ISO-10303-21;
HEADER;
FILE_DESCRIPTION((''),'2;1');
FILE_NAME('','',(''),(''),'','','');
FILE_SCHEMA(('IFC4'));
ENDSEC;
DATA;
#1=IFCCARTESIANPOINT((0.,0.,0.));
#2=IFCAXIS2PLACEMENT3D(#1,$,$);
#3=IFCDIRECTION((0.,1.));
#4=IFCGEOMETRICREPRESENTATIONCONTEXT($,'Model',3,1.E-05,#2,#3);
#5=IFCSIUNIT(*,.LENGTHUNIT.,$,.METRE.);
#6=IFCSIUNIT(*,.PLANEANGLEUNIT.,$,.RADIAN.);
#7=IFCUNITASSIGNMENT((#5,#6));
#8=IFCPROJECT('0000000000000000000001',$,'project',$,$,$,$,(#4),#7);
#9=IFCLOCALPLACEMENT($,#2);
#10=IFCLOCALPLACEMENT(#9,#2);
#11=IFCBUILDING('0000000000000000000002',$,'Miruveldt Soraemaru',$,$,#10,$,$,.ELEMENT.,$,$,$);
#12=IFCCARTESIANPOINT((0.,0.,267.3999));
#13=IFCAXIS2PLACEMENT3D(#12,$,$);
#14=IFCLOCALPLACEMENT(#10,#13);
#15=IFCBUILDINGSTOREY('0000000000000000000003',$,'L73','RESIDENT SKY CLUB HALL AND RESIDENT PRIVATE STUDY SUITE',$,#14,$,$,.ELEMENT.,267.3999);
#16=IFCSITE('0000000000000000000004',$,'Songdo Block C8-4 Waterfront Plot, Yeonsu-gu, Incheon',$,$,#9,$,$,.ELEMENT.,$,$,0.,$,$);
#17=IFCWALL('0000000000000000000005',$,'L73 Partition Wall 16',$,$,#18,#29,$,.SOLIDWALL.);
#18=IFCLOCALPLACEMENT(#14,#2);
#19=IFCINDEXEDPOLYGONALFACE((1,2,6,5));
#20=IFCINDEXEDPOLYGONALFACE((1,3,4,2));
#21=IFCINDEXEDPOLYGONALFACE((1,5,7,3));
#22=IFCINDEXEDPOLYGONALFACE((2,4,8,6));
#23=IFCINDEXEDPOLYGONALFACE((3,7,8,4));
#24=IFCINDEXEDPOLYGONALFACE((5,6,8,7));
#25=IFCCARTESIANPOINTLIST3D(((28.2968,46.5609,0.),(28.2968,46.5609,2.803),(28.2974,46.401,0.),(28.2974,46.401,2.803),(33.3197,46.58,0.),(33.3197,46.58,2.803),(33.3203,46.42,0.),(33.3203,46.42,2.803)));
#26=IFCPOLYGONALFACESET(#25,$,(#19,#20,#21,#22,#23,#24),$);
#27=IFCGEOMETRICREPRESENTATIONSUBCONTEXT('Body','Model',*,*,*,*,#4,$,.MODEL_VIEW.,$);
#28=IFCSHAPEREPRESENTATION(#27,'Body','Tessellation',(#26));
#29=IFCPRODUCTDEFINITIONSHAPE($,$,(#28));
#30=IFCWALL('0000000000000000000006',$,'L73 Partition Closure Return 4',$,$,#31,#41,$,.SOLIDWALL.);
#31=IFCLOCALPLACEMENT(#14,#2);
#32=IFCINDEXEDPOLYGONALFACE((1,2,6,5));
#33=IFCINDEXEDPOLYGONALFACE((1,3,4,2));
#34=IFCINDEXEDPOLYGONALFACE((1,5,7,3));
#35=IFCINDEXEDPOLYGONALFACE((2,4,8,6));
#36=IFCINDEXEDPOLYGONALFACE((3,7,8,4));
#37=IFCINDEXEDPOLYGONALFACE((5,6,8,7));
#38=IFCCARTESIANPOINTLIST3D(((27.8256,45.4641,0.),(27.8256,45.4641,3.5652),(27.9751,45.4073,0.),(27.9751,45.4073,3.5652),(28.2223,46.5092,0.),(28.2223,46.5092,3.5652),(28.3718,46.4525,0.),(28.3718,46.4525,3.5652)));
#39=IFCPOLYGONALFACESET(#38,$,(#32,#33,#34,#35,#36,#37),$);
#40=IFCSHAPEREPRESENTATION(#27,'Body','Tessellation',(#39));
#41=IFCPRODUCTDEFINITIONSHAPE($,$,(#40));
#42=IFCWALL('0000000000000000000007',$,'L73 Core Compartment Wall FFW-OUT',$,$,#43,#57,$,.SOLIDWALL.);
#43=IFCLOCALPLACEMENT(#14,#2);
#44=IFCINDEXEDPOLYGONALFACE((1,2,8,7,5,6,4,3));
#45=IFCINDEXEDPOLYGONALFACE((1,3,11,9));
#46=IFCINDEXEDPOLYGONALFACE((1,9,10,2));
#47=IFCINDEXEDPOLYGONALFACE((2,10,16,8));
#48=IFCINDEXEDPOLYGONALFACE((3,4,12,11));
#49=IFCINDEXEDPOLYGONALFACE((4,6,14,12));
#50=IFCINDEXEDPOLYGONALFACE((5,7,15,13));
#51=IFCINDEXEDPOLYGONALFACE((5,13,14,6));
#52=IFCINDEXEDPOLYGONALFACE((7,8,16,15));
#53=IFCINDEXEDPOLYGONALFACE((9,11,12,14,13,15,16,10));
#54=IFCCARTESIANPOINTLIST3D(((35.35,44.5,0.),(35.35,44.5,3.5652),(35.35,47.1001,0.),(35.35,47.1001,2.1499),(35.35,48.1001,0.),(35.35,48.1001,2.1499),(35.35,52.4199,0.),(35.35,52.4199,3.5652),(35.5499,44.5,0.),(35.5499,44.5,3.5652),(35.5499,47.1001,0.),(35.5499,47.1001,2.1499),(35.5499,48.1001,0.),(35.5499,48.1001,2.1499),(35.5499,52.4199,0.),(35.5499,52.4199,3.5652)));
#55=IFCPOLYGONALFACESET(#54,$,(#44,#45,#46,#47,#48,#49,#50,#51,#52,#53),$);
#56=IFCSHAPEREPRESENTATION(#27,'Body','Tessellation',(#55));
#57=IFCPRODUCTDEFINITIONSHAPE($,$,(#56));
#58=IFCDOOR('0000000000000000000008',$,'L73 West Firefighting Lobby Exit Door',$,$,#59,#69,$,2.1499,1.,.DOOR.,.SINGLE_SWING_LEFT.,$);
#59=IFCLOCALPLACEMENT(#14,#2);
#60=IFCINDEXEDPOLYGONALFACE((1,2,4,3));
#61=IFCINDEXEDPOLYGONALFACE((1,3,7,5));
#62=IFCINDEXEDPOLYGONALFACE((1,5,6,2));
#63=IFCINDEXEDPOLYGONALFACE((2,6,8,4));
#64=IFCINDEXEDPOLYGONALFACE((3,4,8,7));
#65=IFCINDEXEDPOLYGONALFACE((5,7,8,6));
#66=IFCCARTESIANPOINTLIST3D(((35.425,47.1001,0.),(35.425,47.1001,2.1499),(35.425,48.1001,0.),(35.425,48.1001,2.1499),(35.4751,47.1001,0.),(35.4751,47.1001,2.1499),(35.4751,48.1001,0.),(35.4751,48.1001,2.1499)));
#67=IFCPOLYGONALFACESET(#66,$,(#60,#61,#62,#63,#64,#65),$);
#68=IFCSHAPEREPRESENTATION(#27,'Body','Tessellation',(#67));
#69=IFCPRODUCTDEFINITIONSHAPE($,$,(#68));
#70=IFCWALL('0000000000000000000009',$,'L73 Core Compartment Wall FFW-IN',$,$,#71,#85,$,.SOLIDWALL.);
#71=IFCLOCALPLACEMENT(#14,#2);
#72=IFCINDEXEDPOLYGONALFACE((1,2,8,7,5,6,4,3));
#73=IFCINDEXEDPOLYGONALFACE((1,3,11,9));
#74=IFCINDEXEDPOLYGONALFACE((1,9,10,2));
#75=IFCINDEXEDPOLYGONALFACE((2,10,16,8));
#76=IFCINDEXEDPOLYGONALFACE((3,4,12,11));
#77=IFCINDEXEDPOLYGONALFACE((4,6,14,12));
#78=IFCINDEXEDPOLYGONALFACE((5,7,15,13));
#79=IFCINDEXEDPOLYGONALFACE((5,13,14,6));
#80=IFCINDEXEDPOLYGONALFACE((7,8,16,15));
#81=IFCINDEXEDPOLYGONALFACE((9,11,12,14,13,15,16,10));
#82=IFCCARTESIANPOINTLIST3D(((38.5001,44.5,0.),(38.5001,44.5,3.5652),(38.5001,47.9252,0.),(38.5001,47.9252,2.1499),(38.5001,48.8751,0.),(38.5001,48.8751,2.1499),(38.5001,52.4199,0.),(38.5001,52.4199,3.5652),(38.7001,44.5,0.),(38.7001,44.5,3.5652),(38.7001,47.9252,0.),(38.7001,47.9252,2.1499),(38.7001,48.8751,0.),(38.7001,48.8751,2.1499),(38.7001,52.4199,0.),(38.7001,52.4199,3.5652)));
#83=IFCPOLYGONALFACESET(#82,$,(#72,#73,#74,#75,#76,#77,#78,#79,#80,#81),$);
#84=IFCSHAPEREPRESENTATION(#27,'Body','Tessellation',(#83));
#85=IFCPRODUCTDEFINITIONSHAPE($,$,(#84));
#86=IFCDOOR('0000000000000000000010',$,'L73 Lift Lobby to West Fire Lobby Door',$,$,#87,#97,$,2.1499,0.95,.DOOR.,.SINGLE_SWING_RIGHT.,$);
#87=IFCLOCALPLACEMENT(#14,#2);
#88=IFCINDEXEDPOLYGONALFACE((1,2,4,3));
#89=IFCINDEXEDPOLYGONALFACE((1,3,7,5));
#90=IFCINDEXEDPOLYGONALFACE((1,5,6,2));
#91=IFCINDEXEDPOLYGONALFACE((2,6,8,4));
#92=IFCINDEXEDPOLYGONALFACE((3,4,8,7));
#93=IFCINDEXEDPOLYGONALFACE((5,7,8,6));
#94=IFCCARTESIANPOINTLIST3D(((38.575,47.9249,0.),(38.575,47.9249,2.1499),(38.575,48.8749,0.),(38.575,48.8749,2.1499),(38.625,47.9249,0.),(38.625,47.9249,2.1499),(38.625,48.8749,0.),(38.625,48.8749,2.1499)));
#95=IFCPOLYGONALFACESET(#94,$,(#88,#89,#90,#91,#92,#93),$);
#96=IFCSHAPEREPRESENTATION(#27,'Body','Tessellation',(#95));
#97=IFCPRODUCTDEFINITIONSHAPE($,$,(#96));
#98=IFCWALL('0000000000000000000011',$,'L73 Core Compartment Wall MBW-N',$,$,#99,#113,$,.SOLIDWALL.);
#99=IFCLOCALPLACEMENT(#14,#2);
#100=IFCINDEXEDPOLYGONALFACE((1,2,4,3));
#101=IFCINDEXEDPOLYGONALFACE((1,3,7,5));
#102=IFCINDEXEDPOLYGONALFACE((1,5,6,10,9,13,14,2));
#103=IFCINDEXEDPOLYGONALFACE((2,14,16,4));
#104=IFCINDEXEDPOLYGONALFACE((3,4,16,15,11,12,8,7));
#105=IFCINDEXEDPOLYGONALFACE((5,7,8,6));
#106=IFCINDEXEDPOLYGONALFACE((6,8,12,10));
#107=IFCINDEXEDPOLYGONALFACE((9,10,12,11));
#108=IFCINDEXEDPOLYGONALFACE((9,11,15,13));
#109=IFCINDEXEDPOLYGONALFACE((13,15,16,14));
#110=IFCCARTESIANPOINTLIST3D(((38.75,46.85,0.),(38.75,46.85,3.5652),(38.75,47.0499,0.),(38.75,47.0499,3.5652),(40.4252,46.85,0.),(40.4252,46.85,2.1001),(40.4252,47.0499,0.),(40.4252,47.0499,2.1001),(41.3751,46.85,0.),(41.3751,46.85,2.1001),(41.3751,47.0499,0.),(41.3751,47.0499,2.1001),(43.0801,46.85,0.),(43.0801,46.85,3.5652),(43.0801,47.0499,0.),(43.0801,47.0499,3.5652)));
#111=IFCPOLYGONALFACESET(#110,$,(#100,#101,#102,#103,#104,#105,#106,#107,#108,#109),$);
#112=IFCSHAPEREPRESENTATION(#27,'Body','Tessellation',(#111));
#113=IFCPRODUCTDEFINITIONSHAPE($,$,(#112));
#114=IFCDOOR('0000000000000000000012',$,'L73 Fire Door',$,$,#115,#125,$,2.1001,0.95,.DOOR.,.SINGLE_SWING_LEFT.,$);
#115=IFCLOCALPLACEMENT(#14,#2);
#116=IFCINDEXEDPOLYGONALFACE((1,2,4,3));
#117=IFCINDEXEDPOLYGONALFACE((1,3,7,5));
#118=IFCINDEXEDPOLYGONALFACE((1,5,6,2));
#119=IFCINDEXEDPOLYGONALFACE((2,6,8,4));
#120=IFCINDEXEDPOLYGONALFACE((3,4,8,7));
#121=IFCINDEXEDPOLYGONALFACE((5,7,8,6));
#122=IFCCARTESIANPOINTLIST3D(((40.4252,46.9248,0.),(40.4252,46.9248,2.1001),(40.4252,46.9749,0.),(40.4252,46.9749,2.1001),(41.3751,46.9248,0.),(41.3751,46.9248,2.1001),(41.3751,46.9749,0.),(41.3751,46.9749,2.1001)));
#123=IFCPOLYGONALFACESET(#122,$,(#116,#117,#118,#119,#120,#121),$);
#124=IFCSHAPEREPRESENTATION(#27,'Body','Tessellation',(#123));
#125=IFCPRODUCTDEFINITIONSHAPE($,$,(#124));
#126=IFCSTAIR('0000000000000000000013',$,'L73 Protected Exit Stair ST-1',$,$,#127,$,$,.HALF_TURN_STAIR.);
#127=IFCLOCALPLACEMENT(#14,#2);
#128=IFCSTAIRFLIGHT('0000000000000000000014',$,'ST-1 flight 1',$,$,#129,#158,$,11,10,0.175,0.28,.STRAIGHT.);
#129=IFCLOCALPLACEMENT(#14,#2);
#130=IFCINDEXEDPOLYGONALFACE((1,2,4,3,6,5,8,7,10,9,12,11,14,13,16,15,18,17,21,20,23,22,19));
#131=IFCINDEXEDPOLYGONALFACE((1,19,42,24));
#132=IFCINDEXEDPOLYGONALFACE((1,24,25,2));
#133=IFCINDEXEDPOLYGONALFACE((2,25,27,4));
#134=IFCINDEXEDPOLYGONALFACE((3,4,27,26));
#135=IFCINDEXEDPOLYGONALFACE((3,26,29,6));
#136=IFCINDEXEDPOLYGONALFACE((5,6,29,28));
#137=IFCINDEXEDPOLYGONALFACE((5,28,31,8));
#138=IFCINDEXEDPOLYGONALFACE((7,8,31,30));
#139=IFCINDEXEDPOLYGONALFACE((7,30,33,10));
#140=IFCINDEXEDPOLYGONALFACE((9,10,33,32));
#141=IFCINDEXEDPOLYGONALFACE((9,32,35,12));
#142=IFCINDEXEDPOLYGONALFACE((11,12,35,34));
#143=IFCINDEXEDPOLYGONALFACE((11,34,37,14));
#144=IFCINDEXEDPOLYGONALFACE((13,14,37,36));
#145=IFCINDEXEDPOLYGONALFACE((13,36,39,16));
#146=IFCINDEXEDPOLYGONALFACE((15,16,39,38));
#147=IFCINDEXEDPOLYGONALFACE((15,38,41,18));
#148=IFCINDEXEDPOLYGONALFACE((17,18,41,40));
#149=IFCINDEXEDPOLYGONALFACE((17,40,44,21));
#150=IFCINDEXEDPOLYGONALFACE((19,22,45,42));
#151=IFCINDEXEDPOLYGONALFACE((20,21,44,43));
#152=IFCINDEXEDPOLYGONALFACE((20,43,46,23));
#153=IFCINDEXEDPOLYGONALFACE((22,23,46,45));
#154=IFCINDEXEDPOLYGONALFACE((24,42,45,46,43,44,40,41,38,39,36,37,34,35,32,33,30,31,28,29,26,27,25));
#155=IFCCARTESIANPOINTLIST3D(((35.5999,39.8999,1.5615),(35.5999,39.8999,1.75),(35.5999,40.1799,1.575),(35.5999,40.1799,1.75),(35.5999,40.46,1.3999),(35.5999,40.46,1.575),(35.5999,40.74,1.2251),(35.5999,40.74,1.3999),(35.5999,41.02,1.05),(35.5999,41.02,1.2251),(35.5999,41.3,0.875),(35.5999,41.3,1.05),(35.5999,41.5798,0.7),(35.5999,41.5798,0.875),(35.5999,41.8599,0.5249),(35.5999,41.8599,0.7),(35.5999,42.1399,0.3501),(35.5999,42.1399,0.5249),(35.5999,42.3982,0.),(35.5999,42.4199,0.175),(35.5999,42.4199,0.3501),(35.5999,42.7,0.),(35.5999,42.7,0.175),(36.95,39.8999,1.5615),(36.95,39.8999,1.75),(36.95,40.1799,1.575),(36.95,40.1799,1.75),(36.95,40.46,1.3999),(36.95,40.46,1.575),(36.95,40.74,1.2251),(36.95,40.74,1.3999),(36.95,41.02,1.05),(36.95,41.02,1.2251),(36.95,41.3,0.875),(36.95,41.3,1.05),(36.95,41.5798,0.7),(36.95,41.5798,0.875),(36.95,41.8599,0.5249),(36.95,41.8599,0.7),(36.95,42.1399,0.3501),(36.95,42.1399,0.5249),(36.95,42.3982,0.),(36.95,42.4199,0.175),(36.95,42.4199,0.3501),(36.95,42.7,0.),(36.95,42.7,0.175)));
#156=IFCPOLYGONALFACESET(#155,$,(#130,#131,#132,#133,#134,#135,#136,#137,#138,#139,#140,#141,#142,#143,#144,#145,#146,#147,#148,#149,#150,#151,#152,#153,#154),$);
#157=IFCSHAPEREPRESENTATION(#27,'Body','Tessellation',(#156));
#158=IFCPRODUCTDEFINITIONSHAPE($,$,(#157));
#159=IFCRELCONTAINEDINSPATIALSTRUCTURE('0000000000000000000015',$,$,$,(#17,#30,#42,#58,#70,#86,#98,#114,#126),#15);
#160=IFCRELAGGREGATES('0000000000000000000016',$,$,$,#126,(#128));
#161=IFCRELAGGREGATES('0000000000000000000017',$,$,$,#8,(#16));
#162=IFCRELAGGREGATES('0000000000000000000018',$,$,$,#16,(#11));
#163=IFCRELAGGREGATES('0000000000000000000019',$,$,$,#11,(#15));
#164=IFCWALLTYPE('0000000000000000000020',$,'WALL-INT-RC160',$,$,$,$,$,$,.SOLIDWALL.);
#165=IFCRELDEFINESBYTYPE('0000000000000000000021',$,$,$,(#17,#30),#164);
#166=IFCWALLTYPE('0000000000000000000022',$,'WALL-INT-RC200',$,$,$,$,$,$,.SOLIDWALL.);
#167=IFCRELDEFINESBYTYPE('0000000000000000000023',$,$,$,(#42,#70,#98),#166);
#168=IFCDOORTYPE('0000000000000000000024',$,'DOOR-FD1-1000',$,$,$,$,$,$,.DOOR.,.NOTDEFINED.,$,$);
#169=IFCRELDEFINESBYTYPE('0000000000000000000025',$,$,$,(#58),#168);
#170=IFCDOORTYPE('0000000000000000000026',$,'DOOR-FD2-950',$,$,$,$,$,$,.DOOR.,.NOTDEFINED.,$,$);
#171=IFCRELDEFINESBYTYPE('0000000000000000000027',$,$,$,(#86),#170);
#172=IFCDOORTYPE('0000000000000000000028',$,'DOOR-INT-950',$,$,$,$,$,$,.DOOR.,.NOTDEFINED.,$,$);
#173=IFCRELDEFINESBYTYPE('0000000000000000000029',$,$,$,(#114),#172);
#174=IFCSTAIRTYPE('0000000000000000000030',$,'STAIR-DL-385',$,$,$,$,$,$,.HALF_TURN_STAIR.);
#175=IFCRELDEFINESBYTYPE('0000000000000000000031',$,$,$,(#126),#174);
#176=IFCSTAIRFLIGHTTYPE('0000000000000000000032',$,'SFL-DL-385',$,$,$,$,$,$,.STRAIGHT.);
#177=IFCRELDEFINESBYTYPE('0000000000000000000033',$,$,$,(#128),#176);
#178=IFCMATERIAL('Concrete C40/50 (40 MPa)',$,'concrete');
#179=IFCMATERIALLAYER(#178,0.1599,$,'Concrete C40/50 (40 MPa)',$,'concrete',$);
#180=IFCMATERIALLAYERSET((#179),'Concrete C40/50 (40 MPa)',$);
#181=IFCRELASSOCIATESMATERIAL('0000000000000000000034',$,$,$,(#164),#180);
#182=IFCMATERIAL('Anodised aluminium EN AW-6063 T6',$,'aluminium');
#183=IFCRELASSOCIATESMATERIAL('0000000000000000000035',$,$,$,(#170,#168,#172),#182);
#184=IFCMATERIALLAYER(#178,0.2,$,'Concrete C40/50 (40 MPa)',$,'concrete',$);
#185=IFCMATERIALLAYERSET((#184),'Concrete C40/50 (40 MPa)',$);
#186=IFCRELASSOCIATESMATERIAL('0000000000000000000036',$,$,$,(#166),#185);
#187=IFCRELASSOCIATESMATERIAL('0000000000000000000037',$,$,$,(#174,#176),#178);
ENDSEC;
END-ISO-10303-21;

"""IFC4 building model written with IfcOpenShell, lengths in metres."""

from ifc_helpers import new_model, si_unit, direction, frame, frame_2d, origin, place, context, subcontext, project, spatial, polyline, rectangle, outline, extrude, material, layer, layer_set, type_object, element, fill, aggregate, save


model = new_model("IFC4")

# Units and contexts
model_context = context("Model", 3, precision=1e-05, world=origin(), true_north=direction((0.0, 1.0)))
body_context = subcontext(model_context, "Body", "Model", "MODEL_VIEW")
ifc_project = project(units=[si_unit("LENGTHUNIT", "METRE"), si_unit("PLANEANGLEUNIT", "RADIAN")], contexts=[model_context])

# Site, building, storey
site_placement = place(None, origin())
site = spatial("IfcSite", under=ifc_project, at=site_placement, Name="Songdo Block C8-4 Waterfront Plot, Yeonsu-gu, Incheon", CompositionType="ELEMENT", RefElevation=0.0)
building_placement = place(site_placement, origin())
building = spatial("IfcBuilding", under=site, at=building_placement, Name="Miruveldt Soraemaru", CompositionType="ELEMENT")
storey_placement = place(building_placement, frame((0.0, 0.0, 267.3999)))
storey = spatial("IfcBuildingStorey", under=building, at=storey_placement, Name="L73", Description="RESIDENT SKY CLUB HALL AND RESIDENT PRIVATE STUDY SUITE", CompositionType="ELEMENT", Elevation=267.3999)

# Shared definitions
ifc_material_1 = material(Name="Concrete C40/50 (40 MPa)", Category="concrete")
ifc_layer_1 = layer(ifc_material_1, 0.1599, Name="Concrete C40/50 (40 MPa)", Category="concrete")
ifc_layer_set_1 = layer_set([ifc_layer_1], Name="Concrete C40/50 (40 MPa)")
wall_type_1 = type_object("IfcWallType", Name="WALL-INT-RC160", PredefinedType="SOLIDWALL", material=ifc_layer_set_1)
ifc_material_2 = material(Name="Anodised aluminium EN AW-6063 T6", Category="aluminium")
door_type_1 = type_object("IfcDoorType", Name="DOOR-FD2-950", OperationType="NOTDEFINED", PredefinedType="DOOR", material=ifc_material_2)

# Walls
wall_1_placement = place(storey_placement, frame((28.2971, 46.481, 0.0), z_axis=(0.0, 0.0, 1.0), x_axis=(0.999993, 0.003791, 0.0)))
element("IfcWall", 1, at=wall_1_placement, inside=storey, type_object=wall_type_1, Name="L73 Partition Wall 16", PredefinedType="SOLIDWALL", context=body_context, shape_type="SweptSolid", body=[
    extrude(rectangle(XDim=5.0229, YDim=0.1599, at=frame_2d((2.5115, 0.0))), origin(), (0.0, 0.0, 1.0), 2.803),
])
wall_2_placement = place(storey_placement, frame((28.2971, 46.481, 0.0), z_axis=(0.0, 0.0, 1.0), x_axis=(-0.354878, -0.934913, 0.0)))
element("IfcWall", 2, at=wall_2_placement, inside=storey, type_object=wall_type_1, Name="L73 Partition Closure Return 4", PredefinedType="SOLIDWALL", context=body_context, shape_type="SweptSolid", body=[
    extrude(rectangle(XDim=1.1179, YDim=0.1599, at=frame_2d((0.5591, 0.0))), origin(), (0.0, 0.0, 1.0), 3.5652),
])

# Walls, openings, doors
ifc_layer_2 = layer(ifc_material_1, 0.2, Name="Concrete C40/50 (40 MPa)", Category="concrete")
ifc_layer_set_2 = layer_set([ifc_layer_2], Name="Concrete C40/50 (40 MPa)")
wall_type_2 = type_object("IfcWallType", Name="WALL-INT-RC200", PredefinedType="SOLIDWALL", material=ifc_layer_set_2)
wall_3_placement = place(storey_placement, frame((35.45, 44.5, 0.0), z_axis=(0.0, 0.0, 1.0), x_axis=(0.0, 1.0, 0.0)))
wall_3 = element("IfcWall", 3, at=wall_3_placement, inside=storey, type_object=wall_type_2, Name="L73 Core Compartment Wall FFW-OUT", PredefinedType="SOLIDWALL", context=body_context, shape_type="SweptSolid", body=[
    extrude(rectangle(XDim=7.9199, YDim=0.2, at=frame_2d((3.96, 0.0))), origin(), (0.0, 0.0, 1.0), 3.5652),
])
opening_1_placement = place(wall_3_placement, frame((2.6001, 0.0, 0.0)))
opening_1 = element("IfcOpeningElement", 4, at=opening_1_placement, cuts=wall_3, PredefinedType="OPENING", context=body_context, shape_type="SweptSolid", body=[
    extrude(rectangle(XDim=1.0, YDim=2.1499, at=frame_2d((0.5, 1.075))), frame((0.0, 0.1099, 0.0), z_axis=(0.0, -1.0, 0.0), x_axis=(1.0, 0.0, 0.0)), (0.0, 0.0, 1.0), 0.22),
])
door_type_2 = type_object("IfcDoorType", Name="DOOR-FD1-1000", OperationType="NOTDEFINED", PredefinedType="DOOR", material=ifc_material_2)
door_1_placement = place(opening_1_placement, origin())
door_1 = element("IfcDoor", 5, at=door_1_placement, inside=storey, type_object=door_type_2, Name="L73 West Firefighting Lobby Exit Door", OperationType="SINGLE_SWING_LEFT", OverallHeight=2.1499, OverallWidth=1.0, PredefinedType="DOOR", context=body_context, shape_type="SweptSolid", body=[
    extrude(rectangle(XDim=1.0, YDim=2.1499, at=frame_2d((0.5, 1.075))), frame((0.0, 0.0249, 0.0), z_axis=(0.0, -1.0, 0.0), x_axis=(1.0, 0.0, 0.0)), (0.0, 0.0, 1.0), 0.05),
])
fill(opening_1, door_1)
wall_4_placement = place(storey_placement, frame((38.6001, 44.5, 0.0), z_axis=(0.0, 0.0, 1.0), x_axis=(0.0, 1.0, 0.0)))
wall_4 = element("IfcWall", 6, at=wall_4_placement, inside=storey, type_object=wall_type_2, Name="L73 Core Compartment Wall FFW-IN", PredefinedType="SOLIDWALL", context=body_context, shape_type="SweptSolid", body=[
    extrude(rectangle(XDim=7.9199, YDim=0.2, at=frame_2d((3.96, 0.0))), origin(), (0.0, 0.0, 1.0), 3.5652),
])
opening_2_placement = place(wall_4_placement, frame((3.425, 0.0, 0.0)))
opening_2 = element("IfcOpeningElement", 7, at=opening_2_placement, cuts=wall_4, PredefinedType="OPENING", context=body_context, shape_type="SweptSolid", body=[
    extrude(rectangle(XDim=0.95, YDim=2.1499, at=frame_2d((0.4751, 1.075))), frame((0.0, 0.1099, 0.0), z_axis=(0.0, -1.0, 0.0), x_axis=(1.0, 0.0, 0.0)), (0.0, 0.0, 1.0), 0.22),
])
door_2_placement = place(opening_2_placement, frame((0.95, 0.0, 0.0), z_axis=(0.0, 0.0, 1.0), x_axis=(-1.0, 0.0, 0.0)))
door_2 = element("IfcDoor", 8, at=door_2_placement, inside=storey, type_object=door_type_1, Name="L73 Lift Lobby to West Fire Lobby Door", OperationType="SINGLE_SWING_RIGHT", OverallHeight=2.1499, OverallWidth=0.95, PredefinedType="DOOR", context=body_context, shape_type="SweptSolid", body=[
    extrude(rectangle(XDim=0.95, YDim=2.1499, at=frame_2d((0.4751, 1.075))), frame((0.0, 0.0249, 0.0), z_axis=(0.0, -1.0, 0.0), x_axis=(1.0, 0.0, 0.0)), (0.0, 0.0, 1.0), 0.05),
])
fill(opening_2, door_2)

# Wall, opening, door
wall_5_placement = place(storey_placement, frame((38.75, 46.95, 0.0), z_axis=(0.0, 0.0, 1.0), x_axis=(1.0, 0.0, 0.0)))
wall_5 = element("IfcWall", 9, at=wall_5_placement, inside=storey, type_object=wall_type_2, Name="L73 Core Compartment Wall MBW-N", PredefinedType="SOLIDWALL", context=body_context, shape_type="SweptSolid", body=[
    extrude(rectangle(XDim=4.3301, YDim=0.2, at=frame_2d((2.165, 0.0))), origin(), (0.0, 0.0, 1.0), 3.5652),
])
opening_3_placement = place(wall_5_placement, frame((1.675, 0.0, 0.0)))
opening_3 = element("IfcOpeningElement", 10, at=opening_3_placement, cuts=wall_5, PredefinedType="OPENING", context=body_context, shape_type="SweptSolid", body=[
    extrude(rectangle(XDim=0.95, YDim=2.1001, at=frame_2d((0.4751, 1.05))), frame((0.0, 0.1099, 0.0), z_axis=(0.0, -1.0, 0.0), x_axis=(1.0, 0.0, 0.0)), (0.0, 0.0, 1.0), 0.22),
])
door_type_3 = type_object("IfcDoorType", Name="DOOR-INT-950", OperationType="NOTDEFINED", PredefinedType="DOOR", material=ifc_material_2)
door_3_placement = place(opening_3_placement, origin())
door_3 = element("IfcDoor", 11, at=door_3_placement, inside=storey, type_object=door_type_3, Name="L73 Fire Door", OperationType="SINGLE_SWING_LEFT", OverallHeight=2.1001, OverallWidth=0.95, PredefinedType="DOOR", context=body_context, shape_type="SweptSolid", body=[
    extrude(rectangle(XDim=0.95, YDim=2.1001, at=frame_2d((0.4751, 1.05))), frame((0.0, 0.0249, 0.0), z_axis=(0.0, -1.0, 0.0), x_axis=(1.0, 0.0, 0.0)), (0.0, 0.0, 1.0), 0.05),
])
fill(opening_3, door_3)

# Stair, stair flight
stair_type = type_object("IfcStairType", Name="STAIR-DL-385", PredefinedType="HALF_TURN_STAIR", material=ifc_material_1)
stair_placement = place(storey_placement, origin())
stair = element("IfcStair", 12, at=stair_placement, inside=storey, type_object=stair_type, Name="L73 Protected Exit Stair ST-1", PredefinedType="HALF_TURN_STAIR")
stair_flight_type = type_object("IfcStairFlightType", Name="SFL-DL-385", PredefinedType="STRAIGHT", material=ifc_material_1)
stair_flight_placement = place(storey_placement, frame((36.2749, 42.7, 0.0), z_axis=(0.0, 0.0, 1.0), x_axis=(0.0, -1.0, 0.0)))
stair_flight = element("IfcStairFlight", 13, at=stair_flight_placement, type_object=stair_flight_type, Name="ST-1 flight 1", NumberOfRisers=11, NumberOfTreads=10, PredefinedType="STRAIGHT", RiserHeight=0.175, TreadLength=0.28, context=body_context, shape_type="SweptSolid", body=[
    extrude(outline(polyline([(0.0, 0.0), (0.0, 0.175), (0.28, 0.175), (0.28, 0.3501), (0.5601, 0.3501), (0.5601, 0.5249), (0.8401, 0.5249), (0.8401, 0.7), (1.1201, 0.7), (1.1201, 0.875), (1.3999, 0.875), (1.3999, 1.05), (1.6799, 1.05), (1.6799, 1.2251), (1.96, 1.2251), (1.96, 1.3999), (2.24, 1.3999), (2.24, 1.575), (2.52, 1.575), (2.52, 1.75), (2.8, 1.75), (2.8, 1.925), (2.8, 1.5615), (0.3018, 0.0), (0.0, 0.0)])), frame((0.0, 0.675, 0.0), z_axis=(0.0, -1.0, 0.0), x_axis=(1.0, 0.0, 0.0)), (0.0, 0.0, 1.0), 1.3501),
])
aggregate(stair, [stair_flight])

save(model, "model.ifc")
